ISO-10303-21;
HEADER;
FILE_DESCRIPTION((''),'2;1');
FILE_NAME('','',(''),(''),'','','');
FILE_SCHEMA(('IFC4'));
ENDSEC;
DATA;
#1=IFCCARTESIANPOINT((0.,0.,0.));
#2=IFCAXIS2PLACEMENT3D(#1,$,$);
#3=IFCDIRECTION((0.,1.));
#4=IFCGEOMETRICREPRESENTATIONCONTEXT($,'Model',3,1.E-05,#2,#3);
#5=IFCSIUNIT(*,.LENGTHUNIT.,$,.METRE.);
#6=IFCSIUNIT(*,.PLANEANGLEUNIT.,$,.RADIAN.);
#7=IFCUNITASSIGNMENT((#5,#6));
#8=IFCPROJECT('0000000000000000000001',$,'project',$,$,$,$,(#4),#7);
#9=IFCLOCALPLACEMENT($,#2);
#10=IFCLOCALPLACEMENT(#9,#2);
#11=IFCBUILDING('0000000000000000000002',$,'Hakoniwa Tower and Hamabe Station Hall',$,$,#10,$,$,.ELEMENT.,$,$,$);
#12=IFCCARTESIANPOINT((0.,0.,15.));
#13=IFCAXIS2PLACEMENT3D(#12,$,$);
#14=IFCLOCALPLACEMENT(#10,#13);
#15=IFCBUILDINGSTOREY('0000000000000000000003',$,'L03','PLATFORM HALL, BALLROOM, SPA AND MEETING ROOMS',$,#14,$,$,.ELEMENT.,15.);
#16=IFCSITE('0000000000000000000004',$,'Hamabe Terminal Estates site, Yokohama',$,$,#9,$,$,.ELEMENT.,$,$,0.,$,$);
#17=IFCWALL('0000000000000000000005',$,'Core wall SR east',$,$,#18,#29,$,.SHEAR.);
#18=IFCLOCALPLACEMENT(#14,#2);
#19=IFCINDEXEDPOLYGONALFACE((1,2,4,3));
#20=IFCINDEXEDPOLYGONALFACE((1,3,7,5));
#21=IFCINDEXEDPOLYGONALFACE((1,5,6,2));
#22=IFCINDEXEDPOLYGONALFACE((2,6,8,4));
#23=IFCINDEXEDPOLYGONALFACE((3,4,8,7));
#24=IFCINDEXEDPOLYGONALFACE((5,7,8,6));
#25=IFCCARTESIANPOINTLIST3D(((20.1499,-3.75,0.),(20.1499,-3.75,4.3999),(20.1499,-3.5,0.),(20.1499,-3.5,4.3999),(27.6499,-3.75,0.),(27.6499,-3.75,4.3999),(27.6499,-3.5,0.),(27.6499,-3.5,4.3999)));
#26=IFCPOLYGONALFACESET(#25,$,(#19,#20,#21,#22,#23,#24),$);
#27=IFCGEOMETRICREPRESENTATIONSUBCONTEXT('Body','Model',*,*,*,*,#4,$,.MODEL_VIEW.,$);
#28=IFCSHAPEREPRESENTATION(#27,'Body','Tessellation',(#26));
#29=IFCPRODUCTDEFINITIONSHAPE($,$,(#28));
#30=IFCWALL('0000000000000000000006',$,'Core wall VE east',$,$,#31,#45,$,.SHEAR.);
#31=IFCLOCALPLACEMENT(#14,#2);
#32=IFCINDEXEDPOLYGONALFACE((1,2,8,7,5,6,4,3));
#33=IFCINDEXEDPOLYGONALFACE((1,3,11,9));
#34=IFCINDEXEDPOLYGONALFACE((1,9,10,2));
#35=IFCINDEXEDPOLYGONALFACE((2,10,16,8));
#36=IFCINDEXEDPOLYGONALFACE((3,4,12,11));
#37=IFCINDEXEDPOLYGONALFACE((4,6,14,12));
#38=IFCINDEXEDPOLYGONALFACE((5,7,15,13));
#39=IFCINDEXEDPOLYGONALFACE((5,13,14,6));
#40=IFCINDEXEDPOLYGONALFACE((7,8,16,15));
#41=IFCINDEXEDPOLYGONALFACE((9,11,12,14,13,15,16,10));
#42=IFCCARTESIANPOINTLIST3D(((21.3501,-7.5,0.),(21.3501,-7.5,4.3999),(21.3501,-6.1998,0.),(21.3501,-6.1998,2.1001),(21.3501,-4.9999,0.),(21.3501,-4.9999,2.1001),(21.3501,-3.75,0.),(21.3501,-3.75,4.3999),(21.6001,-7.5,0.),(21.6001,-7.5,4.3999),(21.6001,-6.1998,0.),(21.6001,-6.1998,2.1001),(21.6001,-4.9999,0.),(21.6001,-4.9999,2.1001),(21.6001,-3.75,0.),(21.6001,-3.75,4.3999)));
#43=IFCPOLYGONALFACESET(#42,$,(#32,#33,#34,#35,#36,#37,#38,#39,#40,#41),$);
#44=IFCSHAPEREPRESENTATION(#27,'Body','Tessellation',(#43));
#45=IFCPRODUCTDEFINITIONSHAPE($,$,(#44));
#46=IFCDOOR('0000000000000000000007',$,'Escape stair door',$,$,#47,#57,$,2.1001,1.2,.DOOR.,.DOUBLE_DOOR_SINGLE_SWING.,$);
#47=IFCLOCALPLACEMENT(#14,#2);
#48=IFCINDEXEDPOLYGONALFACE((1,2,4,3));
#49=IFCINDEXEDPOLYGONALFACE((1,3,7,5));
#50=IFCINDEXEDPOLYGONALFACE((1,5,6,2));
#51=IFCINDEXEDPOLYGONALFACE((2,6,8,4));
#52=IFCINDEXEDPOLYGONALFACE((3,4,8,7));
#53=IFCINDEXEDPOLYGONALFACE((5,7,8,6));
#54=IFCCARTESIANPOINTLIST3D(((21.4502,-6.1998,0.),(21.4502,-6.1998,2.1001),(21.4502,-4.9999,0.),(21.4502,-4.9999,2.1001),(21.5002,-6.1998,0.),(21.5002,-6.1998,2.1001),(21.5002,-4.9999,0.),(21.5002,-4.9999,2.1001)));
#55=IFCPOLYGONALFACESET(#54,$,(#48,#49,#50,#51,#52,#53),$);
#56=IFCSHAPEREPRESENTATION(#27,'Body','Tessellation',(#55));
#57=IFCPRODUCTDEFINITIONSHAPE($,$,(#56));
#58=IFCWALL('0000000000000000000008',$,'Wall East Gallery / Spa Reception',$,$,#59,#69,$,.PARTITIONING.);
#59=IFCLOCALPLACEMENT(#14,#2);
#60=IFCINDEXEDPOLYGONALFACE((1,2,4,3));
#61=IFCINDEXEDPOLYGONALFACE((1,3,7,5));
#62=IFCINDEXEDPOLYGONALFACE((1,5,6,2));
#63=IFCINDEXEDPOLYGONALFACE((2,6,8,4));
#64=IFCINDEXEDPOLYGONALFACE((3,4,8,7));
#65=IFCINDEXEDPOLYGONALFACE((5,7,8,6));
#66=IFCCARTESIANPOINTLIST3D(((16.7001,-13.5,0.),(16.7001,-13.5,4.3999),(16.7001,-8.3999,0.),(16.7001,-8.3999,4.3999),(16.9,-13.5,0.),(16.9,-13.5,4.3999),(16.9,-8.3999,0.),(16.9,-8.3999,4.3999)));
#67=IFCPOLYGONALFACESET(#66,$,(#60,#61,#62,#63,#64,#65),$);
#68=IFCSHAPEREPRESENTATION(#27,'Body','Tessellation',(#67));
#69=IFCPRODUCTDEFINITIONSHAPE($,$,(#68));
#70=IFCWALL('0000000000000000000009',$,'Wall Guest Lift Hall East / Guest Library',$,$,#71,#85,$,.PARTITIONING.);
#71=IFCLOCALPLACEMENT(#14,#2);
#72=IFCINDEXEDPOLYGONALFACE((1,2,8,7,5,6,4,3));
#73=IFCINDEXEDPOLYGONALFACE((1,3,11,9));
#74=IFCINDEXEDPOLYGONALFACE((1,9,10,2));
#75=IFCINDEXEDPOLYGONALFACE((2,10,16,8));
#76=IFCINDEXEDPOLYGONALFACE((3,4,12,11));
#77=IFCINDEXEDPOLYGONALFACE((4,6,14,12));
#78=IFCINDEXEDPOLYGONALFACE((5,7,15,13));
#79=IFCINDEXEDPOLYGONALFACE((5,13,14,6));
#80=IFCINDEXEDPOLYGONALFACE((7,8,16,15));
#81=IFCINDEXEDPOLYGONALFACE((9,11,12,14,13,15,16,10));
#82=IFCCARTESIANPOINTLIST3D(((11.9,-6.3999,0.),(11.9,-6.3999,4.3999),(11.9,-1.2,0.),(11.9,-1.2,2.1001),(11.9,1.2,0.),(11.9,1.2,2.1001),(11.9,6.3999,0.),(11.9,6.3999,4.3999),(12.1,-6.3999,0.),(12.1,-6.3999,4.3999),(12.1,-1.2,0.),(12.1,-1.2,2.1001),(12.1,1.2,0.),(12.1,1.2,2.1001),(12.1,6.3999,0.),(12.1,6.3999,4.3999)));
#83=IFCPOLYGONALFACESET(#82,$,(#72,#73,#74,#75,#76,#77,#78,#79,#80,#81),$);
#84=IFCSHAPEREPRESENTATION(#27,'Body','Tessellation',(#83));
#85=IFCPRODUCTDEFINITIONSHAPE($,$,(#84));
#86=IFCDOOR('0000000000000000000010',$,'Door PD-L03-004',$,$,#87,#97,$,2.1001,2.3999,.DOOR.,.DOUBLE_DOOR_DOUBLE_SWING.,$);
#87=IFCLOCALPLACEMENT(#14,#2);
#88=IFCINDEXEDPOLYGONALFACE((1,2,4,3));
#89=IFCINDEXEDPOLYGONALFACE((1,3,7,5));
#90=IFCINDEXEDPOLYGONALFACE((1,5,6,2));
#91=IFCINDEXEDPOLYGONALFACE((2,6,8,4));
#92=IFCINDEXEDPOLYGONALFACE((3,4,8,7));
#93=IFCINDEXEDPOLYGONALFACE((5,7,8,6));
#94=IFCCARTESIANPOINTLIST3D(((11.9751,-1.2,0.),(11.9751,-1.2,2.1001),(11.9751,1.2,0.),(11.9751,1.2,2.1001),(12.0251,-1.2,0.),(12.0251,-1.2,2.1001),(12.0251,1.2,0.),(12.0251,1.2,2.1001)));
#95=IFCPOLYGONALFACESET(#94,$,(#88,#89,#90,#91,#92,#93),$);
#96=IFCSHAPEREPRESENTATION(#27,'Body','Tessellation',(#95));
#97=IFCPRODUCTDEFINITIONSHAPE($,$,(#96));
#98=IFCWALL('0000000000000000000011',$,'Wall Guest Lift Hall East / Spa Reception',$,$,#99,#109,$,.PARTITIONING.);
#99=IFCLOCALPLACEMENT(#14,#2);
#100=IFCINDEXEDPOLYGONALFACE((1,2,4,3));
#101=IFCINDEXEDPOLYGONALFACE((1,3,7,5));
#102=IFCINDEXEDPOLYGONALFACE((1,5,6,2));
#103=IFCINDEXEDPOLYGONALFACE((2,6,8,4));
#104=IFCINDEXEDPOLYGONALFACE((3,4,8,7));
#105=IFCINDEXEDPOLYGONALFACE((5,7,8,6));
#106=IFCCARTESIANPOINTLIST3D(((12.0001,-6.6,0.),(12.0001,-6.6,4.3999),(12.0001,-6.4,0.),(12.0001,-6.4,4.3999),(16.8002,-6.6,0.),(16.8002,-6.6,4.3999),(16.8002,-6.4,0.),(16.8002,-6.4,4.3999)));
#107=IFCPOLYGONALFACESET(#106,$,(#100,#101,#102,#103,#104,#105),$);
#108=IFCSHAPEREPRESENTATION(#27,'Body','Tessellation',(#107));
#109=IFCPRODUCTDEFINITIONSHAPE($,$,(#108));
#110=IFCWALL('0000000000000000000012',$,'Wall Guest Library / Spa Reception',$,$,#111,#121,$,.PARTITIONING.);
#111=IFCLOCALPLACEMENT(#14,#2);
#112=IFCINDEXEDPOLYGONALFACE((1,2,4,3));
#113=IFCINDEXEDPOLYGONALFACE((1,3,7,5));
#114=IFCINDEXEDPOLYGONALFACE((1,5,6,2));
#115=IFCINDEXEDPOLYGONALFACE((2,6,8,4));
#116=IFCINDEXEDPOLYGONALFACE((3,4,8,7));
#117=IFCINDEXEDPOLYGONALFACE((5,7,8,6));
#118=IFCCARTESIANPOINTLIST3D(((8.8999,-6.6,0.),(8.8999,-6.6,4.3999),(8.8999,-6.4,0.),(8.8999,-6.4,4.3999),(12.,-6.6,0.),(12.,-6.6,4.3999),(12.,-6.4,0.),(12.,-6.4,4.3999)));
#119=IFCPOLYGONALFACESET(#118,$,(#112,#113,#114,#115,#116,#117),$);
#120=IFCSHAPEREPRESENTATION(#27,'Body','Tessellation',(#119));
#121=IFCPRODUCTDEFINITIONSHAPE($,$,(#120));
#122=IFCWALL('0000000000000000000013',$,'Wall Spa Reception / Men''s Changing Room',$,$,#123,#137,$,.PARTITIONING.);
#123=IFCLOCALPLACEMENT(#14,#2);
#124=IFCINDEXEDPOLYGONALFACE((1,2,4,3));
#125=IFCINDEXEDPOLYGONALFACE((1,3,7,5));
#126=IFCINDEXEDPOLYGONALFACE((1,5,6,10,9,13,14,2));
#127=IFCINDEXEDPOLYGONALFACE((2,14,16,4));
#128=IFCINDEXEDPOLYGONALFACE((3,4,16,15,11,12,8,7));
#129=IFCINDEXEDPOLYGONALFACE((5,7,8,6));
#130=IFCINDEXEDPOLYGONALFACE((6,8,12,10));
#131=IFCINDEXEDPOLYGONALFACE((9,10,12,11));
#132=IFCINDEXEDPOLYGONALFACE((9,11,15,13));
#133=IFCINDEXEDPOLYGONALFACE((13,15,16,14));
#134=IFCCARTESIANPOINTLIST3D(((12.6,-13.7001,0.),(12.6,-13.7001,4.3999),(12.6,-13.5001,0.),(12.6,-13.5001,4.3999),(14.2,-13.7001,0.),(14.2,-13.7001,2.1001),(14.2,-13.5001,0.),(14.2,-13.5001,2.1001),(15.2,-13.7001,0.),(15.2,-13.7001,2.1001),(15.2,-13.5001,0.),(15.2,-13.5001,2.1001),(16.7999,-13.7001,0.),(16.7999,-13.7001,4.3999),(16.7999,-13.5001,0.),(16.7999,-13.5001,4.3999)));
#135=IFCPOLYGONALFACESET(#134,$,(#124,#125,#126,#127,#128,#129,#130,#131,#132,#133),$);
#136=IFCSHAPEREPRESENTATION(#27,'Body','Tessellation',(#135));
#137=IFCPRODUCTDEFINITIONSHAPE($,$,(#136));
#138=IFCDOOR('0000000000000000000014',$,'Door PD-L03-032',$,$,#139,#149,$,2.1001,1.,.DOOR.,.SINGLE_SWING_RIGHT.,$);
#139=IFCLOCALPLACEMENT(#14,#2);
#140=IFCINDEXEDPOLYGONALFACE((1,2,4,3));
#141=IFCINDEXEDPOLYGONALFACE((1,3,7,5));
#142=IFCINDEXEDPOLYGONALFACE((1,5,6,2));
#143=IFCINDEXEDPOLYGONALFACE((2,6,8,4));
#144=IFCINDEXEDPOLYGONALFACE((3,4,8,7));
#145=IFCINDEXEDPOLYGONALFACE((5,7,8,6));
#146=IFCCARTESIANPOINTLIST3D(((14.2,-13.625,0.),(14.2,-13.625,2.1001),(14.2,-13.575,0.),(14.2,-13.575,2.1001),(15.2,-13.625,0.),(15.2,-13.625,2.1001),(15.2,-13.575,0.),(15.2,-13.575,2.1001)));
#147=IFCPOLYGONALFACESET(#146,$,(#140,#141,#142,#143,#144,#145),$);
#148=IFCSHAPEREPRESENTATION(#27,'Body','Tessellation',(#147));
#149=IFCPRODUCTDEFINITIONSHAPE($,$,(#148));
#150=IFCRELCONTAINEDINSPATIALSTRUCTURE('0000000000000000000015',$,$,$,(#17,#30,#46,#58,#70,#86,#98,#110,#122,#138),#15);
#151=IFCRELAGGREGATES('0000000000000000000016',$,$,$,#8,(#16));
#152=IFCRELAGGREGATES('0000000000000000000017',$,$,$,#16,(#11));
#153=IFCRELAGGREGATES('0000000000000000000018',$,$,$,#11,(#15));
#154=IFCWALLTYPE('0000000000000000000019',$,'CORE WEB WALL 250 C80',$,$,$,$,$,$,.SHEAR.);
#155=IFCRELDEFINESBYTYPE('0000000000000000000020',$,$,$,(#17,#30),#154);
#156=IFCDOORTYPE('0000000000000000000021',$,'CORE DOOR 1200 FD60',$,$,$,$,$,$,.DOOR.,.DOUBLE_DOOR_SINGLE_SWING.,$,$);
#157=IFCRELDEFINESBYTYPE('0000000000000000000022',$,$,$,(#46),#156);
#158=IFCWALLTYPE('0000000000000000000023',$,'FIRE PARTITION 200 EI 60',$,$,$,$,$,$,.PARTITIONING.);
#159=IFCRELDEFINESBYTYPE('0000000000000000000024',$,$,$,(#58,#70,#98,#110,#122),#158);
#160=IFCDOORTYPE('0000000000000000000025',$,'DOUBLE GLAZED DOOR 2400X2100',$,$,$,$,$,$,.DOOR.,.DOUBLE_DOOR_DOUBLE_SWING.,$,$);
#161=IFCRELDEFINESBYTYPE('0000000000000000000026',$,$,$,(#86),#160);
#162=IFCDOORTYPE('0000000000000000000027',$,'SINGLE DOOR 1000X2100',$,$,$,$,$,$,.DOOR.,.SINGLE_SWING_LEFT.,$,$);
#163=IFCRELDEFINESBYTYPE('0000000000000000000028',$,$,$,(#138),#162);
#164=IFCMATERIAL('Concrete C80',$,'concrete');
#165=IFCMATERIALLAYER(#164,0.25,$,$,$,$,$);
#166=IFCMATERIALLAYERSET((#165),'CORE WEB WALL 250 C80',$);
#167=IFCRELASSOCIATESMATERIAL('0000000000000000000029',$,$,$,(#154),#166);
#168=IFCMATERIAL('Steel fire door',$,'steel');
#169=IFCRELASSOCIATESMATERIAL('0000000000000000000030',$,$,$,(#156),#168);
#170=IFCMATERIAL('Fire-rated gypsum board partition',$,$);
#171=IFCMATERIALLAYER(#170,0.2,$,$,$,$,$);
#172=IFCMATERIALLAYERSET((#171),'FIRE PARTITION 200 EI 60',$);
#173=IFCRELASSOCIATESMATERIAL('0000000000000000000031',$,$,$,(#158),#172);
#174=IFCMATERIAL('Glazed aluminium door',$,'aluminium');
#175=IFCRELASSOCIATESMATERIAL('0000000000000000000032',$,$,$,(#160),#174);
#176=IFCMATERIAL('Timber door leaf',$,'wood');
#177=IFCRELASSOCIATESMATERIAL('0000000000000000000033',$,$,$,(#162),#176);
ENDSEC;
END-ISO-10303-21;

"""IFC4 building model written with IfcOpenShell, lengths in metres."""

from ifc_helpers import new_model, si_unit, direction, frame, frame_2d, origin, place, context, subcontext, project, spatial, rectangle, extrude, material, layer, layer_set, type_object, element, fill, save


model = new_model("IFC4")

# Units and contexts
model_context = context("Model", 3, precision=1e-05, world=origin(), true_north=direction((0.0, 1.0)))
body_context = subcontext(model_context, "Body", "Model", "MODEL_VIEW")
ifc_project = project(units=[si_unit("LENGTHUNIT", "METRE"), si_unit("PLANEANGLEUNIT", "RADIAN")], contexts=[model_context])

# Site, building, storey
site_placement = place(None, origin())
site = spatial("IfcSite", under=ifc_project, at=site_placement, Name="Hamabe Terminal Estates site, Yokohama", CompositionType="ELEMENT", RefElevation=0.0)
building_placement = place(site_placement, origin())
building = spatial("IfcBuilding", under=site, at=building_placement, Name="Hakoniwa Tower and Hamabe Station Hall", CompositionType="ELEMENT")
storey_placement = place(building_placement, frame((0.0, 0.0, 15.0)))
storey = spatial("IfcBuildingStorey", under=building, at=storey_placement, Name="L03", Description="PLATFORM HALL, BALLROOM, SPA AND MEETING ROOMS", CompositionType="ELEMENT", Elevation=15.0)

# Shared definitions
ifc_material_1 = material(Name="Concrete C80", Category="concrete")
ifc_layer_1 = layer(ifc_material_1, 0.25)
ifc_layer_set_1 = layer_set([ifc_layer_1], Name="CORE WEB WALL 250 C80")
wall_type_1 = type_object("IfcWallType", Name="CORE WEB WALL 250 C80", PredefinedType="SHEAR", material=ifc_layer_set_1)

# Wall
for number, where, z_axis, x_axis, name in (
    (1, (20.1499, -3.625, 0.0), (0.0, 0.0, 1.0), (1.0, 0.0, 0.0), "Core wall SR east"),
):
    element("IfcWall", number, at=place(storey_placement, frame(where, z_axis=z_axis, x_axis=x_axis)), inside=storey, type_object=wall_type_1, Name=name, PredefinedType="SHEAR", context=body_context, shape_type="SweptSolid", body=[
        extrude(rectangle(XDim=7.5, YDim=0.25, at=frame_2d((3.75, 0.0))), origin(), (0.0, 0.0, 1.0), 4.3999),
    ])

# Wall, opening, door
wall_1_placement = place(storey_placement, frame((21.4751, -7.5, 0.0), z_axis=(0.0, 0.0, 1.0), x_axis=(0.0, 1.0, 0.0)))
wall_1 = element("IfcWall", 2, at=wall_1_placement, inside=storey, type_object=wall_type_1, Name="Core wall VE east", PredefinedType="SHEAR", context=body_context, shape_type="SweptSolid", body=[
    extrude(rectangle(XDim=3.75, YDim=0.25, at=frame_2d((1.875, 0.0))), origin(), (0.0, 0.0, 1.0), 4.3999),
])
opening_1_placement = place(wall_1_placement, frame((1.3, 0.0, 0.0)))
opening_1 = element("IfcOpeningElement", 3, at=opening_1_placement, cuts=wall_1, PredefinedType="OPENING", context=body_context, shape_type="SweptSolid", body=[
    extrude(rectangle(XDim=1.2, YDim=2.1001, at=frame_2d((0.6001, 1.05))), frame((0.0, 0.135, 0.0), z_axis=(0.0, -1.0, 0.0), x_axis=(1.0, 0.0, 0.0)), (0.0, 0.0, 1.0), 0.27),
])
ifc_material_2 = material(Name="Steel fire door", Category="steel")
door_type_1 = type_object("IfcDoorType", Name="CORE DOOR 1200 FD60", OperationType="DOUBLE_DOOR_SINGLE_SWING", PredefinedType="DOOR", material=ifc_material_2)
door_1_placement = place(opening_1_placement, origin())
door_1 = element("IfcDoor", 4, at=door_1_placement, inside=storey, type_object=door_type_1, Name="Escape stair door", OperationType="DOUBLE_DOOR_SINGLE_SWING", OverallHeight=2.1001, OverallWidth=1.2, PredefinedType="DOOR", context=body_context, shape_type="SweptSolid", body=[
    extrude(rectangle(XDim=1.2, YDim=2.1001, at=frame_2d((0.6001, 1.05))), frame((0.0, 0.0249, 0.0), z_axis=(0.0, -1.0, 0.0), x_axis=(1.0, 0.0, 0.0)), (0.0, 0.0, 1.0), 0.05),
])
fill(opening_1, door_1)

# Wall
ifc_material_3 = material(Name="Fire-rated gypsum board partition")
ifc_layer_2 = layer(ifc_material_3, 0.2)
ifc_layer_set_2 = layer_set([ifc_layer_2], Name="FIRE PARTITION 200 EI 60")
wall_type_2 = type_object("IfcWallType", Name="FIRE PARTITION 200 EI 60", PredefinedType="PARTITIONING", material=ifc_layer_set_2)
wall_2_placement = place(storey_placement, frame((16.8, -13.5, 0.0), z_axis=(0.0, 0.0, 1.0), x_axis=(0.0, 1.0, 0.0)))
element("IfcWall", 5, at=wall_2_placement, inside=storey, type_object=wall_type_2, Name="Wall East Gallery / Spa Reception", PredefinedType="PARTITIONING", context=body_context, shape_type="SweptSolid", body=[
    extrude(rectangle(XDim=5.1001, YDim=0.2, at=frame_2d((2.55, 0.0))), origin(), (0.0, 0.0, 1.0), 4.3999),
])

# Wall, opening, door
wall_3_placement = place(storey_placement, frame((12.0, -6.3999, 0.0), z_axis=(0.0, 0.0, 1.0), x_axis=(0.0, 1.0, 0.0)))
wall_3 = element("IfcWall", 6, at=wall_3_placement, inside=storey, type_object=wall_type_2, Name="Wall Guest Lift Hall East / Guest Library", PredefinedType="PARTITIONING", context=body_context, shape_type="SweptSolid", body=[
    extrude(rectangle(XDim=12.7998, YDim=0.2, at=frame_2d((6.3999, 0.0))), origin(), (0.0, 0.0, 1.0), 4.3999),
])
opening_2_placement = place(wall_3_placement, frame((5.2, 0.0, 0.0)))
opening_2 = element("IfcOpeningElement", 7, at=opening_2_placement, cuts=wall_3, PredefinedType="OPENING", context=body_context, shape_type="SweptSolid", body=[
    extrude(rectangle(XDim=2.3999, YDim=2.1001, at=frame_2d((1.2, 1.05))), frame((0.0, 0.1099, 0.0), z_axis=(0.0, -1.0, 0.0), x_axis=(1.0, 0.0, 0.0)), (0.0, 0.0, 1.0), 0.22),
])
ifc_material_4 = material(Name="Glazed aluminium door", Category="aluminium")
door_type_2 = type_object("IfcDoorType", Name="DOUBLE GLAZED DOOR 2400X2100", OperationType="DOUBLE_DOOR_DOUBLE_SWING", PredefinedType="DOOR", material=ifc_material_4)
door_2_placement = place(opening_2_placement, origin())
door_2 = element("IfcDoor", 8, at=door_2_placement, inside=storey, type_object=door_type_2, Name="Door PD-L03-004", OperationType="DOUBLE_DOOR_DOUBLE_SWING", OverallHeight=2.1001, OverallWidth=2.3999, PredefinedType="DOOR", context=body_context, shape_type="SweptSolid", body=[
    extrude(rectangle(XDim=2.3999, YDim=2.1001, at=frame_2d((1.2, 1.05))), frame((0.0, 0.0249, 0.0), z_axis=(0.0, -1.0, 0.0), x_axis=(1.0, 0.0, 0.0)), (0.0, 0.0, 1.0), 0.05),
])
fill(opening_2, door_2)

# Walls
wall_4_placement = place(storey_placement, frame((16.8, -6.5, 0.0), z_axis=(0.0, 0.0, 1.0), x_axis=(-1.0, 0.0, 0.0)))
element("IfcWall", 9, at=wall_4_placement, inside=storey, type_object=wall_type_2, Name="Wall Guest Lift Hall East / Spa Reception", PredefinedType="PARTITIONING", context=body_context, shape_type="SweptSolid", body=[
    extrude(rectangle(XDim=4.8, YDim=0.2, at=frame_2d((2.3999, 0.0))), origin(), (0.0, 0.0, 1.0), 4.3999),
])
wall_5_placement = place(storey_placement, frame((12.0, -6.5, 0.0), z_axis=(0.0, 0.0, 1.0), x_axis=(-1.0, 0.0, 0.0)))
element("IfcWall", 10, at=wall_5_placement, inside=storey, type_object=wall_type_2, Name="Wall Guest Library / Spa Reception", PredefinedType="PARTITIONING", context=body_context, shape_type="SweptSolid", body=[
    extrude(rectangle(XDim=3.1001, YDim=0.2, at=frame_2d((1.55, 0.0))), origin(), (0.0, 0.0, 1.0), 4.3999),
])

# Wall, opening, door
wall_6_placement = place(storey_placement, frame((16.8, -13.6001, 0.0), z_axis=(0.0, 0.0, 1.0), x_axis=(-1.0, 0.0, 0.0)))
wall_6 = element("IfcWall", 11, at=wall_6_placement, inside=storey, type_object=wall_type_2, Name="Wall Spa Reception / Men's Changing Room", PredefinedType="PARTITIONING", context=body_context, shape_type="SweptSolid", body=[
    extrude(rectangle(XDim=4.2, YDim=0.2, at=frame_2d((2.1001, 0.0))), origin(), (0.0, 0.0, 1.0), 4.3999),
])
opening_3_placement = place(wall_6_placement, frame((1.6001, 0.0, 0.0)))
opening_3 = element("IfcOpeningElement", 12, at=opening_3_placement, cuts=wall_6, PredefinedType="OPENING", context=body_context, shape_type="SweptSolid", body=[
    extrude(rectangle(XDim=1.0, YDim=2.1001, at=frame_2d((0.5, 1.05))), frame((0.0, 0.1099, 0.0), z_axis=(0.0, -1.0, 0.0), x_axis=(1.0, 0.0, 0.0)), (0.0, 0.0, 1.0), 0.22),
])
ifc_material_5 = material(Name="Timber door leaf", Category="wood")
door_type_3 = type_object("IfcDoorType", Name="SINGLE DOOR 1000X2100", OperationType="SINGLE_SWING_LEFT", PredefinedType="DOOR", material=ifc_material_5)
door_3_placement = place(opening_3_placement, origin())
door_3 = element("IfcDoor", 13, at=door_3_placement, inside=storey, type_object=door_type_3, Name="Door PD-L03-032", OperationType="SINGLE_SWING_RIGHT", OverallHeight=2.1001, OverallWidth=1.0, PredefinedType="DOOR", context=body_context, shape_type="SweptSolid", body=[
    extrude(rectangle(XDim=1.0, YDim=2.1001, at=frame_2d((0.5, 1.05))), frame((0.0, 0.0249, 0.0), z_axis=(0.0, -1.0, 0.0), x_axis=(1.0, 0.0, 0.0)), (0.0, 0.0, 1.0), 0.05),
])
fill(opening_3, door_3)

save(model, "model.ifc")
